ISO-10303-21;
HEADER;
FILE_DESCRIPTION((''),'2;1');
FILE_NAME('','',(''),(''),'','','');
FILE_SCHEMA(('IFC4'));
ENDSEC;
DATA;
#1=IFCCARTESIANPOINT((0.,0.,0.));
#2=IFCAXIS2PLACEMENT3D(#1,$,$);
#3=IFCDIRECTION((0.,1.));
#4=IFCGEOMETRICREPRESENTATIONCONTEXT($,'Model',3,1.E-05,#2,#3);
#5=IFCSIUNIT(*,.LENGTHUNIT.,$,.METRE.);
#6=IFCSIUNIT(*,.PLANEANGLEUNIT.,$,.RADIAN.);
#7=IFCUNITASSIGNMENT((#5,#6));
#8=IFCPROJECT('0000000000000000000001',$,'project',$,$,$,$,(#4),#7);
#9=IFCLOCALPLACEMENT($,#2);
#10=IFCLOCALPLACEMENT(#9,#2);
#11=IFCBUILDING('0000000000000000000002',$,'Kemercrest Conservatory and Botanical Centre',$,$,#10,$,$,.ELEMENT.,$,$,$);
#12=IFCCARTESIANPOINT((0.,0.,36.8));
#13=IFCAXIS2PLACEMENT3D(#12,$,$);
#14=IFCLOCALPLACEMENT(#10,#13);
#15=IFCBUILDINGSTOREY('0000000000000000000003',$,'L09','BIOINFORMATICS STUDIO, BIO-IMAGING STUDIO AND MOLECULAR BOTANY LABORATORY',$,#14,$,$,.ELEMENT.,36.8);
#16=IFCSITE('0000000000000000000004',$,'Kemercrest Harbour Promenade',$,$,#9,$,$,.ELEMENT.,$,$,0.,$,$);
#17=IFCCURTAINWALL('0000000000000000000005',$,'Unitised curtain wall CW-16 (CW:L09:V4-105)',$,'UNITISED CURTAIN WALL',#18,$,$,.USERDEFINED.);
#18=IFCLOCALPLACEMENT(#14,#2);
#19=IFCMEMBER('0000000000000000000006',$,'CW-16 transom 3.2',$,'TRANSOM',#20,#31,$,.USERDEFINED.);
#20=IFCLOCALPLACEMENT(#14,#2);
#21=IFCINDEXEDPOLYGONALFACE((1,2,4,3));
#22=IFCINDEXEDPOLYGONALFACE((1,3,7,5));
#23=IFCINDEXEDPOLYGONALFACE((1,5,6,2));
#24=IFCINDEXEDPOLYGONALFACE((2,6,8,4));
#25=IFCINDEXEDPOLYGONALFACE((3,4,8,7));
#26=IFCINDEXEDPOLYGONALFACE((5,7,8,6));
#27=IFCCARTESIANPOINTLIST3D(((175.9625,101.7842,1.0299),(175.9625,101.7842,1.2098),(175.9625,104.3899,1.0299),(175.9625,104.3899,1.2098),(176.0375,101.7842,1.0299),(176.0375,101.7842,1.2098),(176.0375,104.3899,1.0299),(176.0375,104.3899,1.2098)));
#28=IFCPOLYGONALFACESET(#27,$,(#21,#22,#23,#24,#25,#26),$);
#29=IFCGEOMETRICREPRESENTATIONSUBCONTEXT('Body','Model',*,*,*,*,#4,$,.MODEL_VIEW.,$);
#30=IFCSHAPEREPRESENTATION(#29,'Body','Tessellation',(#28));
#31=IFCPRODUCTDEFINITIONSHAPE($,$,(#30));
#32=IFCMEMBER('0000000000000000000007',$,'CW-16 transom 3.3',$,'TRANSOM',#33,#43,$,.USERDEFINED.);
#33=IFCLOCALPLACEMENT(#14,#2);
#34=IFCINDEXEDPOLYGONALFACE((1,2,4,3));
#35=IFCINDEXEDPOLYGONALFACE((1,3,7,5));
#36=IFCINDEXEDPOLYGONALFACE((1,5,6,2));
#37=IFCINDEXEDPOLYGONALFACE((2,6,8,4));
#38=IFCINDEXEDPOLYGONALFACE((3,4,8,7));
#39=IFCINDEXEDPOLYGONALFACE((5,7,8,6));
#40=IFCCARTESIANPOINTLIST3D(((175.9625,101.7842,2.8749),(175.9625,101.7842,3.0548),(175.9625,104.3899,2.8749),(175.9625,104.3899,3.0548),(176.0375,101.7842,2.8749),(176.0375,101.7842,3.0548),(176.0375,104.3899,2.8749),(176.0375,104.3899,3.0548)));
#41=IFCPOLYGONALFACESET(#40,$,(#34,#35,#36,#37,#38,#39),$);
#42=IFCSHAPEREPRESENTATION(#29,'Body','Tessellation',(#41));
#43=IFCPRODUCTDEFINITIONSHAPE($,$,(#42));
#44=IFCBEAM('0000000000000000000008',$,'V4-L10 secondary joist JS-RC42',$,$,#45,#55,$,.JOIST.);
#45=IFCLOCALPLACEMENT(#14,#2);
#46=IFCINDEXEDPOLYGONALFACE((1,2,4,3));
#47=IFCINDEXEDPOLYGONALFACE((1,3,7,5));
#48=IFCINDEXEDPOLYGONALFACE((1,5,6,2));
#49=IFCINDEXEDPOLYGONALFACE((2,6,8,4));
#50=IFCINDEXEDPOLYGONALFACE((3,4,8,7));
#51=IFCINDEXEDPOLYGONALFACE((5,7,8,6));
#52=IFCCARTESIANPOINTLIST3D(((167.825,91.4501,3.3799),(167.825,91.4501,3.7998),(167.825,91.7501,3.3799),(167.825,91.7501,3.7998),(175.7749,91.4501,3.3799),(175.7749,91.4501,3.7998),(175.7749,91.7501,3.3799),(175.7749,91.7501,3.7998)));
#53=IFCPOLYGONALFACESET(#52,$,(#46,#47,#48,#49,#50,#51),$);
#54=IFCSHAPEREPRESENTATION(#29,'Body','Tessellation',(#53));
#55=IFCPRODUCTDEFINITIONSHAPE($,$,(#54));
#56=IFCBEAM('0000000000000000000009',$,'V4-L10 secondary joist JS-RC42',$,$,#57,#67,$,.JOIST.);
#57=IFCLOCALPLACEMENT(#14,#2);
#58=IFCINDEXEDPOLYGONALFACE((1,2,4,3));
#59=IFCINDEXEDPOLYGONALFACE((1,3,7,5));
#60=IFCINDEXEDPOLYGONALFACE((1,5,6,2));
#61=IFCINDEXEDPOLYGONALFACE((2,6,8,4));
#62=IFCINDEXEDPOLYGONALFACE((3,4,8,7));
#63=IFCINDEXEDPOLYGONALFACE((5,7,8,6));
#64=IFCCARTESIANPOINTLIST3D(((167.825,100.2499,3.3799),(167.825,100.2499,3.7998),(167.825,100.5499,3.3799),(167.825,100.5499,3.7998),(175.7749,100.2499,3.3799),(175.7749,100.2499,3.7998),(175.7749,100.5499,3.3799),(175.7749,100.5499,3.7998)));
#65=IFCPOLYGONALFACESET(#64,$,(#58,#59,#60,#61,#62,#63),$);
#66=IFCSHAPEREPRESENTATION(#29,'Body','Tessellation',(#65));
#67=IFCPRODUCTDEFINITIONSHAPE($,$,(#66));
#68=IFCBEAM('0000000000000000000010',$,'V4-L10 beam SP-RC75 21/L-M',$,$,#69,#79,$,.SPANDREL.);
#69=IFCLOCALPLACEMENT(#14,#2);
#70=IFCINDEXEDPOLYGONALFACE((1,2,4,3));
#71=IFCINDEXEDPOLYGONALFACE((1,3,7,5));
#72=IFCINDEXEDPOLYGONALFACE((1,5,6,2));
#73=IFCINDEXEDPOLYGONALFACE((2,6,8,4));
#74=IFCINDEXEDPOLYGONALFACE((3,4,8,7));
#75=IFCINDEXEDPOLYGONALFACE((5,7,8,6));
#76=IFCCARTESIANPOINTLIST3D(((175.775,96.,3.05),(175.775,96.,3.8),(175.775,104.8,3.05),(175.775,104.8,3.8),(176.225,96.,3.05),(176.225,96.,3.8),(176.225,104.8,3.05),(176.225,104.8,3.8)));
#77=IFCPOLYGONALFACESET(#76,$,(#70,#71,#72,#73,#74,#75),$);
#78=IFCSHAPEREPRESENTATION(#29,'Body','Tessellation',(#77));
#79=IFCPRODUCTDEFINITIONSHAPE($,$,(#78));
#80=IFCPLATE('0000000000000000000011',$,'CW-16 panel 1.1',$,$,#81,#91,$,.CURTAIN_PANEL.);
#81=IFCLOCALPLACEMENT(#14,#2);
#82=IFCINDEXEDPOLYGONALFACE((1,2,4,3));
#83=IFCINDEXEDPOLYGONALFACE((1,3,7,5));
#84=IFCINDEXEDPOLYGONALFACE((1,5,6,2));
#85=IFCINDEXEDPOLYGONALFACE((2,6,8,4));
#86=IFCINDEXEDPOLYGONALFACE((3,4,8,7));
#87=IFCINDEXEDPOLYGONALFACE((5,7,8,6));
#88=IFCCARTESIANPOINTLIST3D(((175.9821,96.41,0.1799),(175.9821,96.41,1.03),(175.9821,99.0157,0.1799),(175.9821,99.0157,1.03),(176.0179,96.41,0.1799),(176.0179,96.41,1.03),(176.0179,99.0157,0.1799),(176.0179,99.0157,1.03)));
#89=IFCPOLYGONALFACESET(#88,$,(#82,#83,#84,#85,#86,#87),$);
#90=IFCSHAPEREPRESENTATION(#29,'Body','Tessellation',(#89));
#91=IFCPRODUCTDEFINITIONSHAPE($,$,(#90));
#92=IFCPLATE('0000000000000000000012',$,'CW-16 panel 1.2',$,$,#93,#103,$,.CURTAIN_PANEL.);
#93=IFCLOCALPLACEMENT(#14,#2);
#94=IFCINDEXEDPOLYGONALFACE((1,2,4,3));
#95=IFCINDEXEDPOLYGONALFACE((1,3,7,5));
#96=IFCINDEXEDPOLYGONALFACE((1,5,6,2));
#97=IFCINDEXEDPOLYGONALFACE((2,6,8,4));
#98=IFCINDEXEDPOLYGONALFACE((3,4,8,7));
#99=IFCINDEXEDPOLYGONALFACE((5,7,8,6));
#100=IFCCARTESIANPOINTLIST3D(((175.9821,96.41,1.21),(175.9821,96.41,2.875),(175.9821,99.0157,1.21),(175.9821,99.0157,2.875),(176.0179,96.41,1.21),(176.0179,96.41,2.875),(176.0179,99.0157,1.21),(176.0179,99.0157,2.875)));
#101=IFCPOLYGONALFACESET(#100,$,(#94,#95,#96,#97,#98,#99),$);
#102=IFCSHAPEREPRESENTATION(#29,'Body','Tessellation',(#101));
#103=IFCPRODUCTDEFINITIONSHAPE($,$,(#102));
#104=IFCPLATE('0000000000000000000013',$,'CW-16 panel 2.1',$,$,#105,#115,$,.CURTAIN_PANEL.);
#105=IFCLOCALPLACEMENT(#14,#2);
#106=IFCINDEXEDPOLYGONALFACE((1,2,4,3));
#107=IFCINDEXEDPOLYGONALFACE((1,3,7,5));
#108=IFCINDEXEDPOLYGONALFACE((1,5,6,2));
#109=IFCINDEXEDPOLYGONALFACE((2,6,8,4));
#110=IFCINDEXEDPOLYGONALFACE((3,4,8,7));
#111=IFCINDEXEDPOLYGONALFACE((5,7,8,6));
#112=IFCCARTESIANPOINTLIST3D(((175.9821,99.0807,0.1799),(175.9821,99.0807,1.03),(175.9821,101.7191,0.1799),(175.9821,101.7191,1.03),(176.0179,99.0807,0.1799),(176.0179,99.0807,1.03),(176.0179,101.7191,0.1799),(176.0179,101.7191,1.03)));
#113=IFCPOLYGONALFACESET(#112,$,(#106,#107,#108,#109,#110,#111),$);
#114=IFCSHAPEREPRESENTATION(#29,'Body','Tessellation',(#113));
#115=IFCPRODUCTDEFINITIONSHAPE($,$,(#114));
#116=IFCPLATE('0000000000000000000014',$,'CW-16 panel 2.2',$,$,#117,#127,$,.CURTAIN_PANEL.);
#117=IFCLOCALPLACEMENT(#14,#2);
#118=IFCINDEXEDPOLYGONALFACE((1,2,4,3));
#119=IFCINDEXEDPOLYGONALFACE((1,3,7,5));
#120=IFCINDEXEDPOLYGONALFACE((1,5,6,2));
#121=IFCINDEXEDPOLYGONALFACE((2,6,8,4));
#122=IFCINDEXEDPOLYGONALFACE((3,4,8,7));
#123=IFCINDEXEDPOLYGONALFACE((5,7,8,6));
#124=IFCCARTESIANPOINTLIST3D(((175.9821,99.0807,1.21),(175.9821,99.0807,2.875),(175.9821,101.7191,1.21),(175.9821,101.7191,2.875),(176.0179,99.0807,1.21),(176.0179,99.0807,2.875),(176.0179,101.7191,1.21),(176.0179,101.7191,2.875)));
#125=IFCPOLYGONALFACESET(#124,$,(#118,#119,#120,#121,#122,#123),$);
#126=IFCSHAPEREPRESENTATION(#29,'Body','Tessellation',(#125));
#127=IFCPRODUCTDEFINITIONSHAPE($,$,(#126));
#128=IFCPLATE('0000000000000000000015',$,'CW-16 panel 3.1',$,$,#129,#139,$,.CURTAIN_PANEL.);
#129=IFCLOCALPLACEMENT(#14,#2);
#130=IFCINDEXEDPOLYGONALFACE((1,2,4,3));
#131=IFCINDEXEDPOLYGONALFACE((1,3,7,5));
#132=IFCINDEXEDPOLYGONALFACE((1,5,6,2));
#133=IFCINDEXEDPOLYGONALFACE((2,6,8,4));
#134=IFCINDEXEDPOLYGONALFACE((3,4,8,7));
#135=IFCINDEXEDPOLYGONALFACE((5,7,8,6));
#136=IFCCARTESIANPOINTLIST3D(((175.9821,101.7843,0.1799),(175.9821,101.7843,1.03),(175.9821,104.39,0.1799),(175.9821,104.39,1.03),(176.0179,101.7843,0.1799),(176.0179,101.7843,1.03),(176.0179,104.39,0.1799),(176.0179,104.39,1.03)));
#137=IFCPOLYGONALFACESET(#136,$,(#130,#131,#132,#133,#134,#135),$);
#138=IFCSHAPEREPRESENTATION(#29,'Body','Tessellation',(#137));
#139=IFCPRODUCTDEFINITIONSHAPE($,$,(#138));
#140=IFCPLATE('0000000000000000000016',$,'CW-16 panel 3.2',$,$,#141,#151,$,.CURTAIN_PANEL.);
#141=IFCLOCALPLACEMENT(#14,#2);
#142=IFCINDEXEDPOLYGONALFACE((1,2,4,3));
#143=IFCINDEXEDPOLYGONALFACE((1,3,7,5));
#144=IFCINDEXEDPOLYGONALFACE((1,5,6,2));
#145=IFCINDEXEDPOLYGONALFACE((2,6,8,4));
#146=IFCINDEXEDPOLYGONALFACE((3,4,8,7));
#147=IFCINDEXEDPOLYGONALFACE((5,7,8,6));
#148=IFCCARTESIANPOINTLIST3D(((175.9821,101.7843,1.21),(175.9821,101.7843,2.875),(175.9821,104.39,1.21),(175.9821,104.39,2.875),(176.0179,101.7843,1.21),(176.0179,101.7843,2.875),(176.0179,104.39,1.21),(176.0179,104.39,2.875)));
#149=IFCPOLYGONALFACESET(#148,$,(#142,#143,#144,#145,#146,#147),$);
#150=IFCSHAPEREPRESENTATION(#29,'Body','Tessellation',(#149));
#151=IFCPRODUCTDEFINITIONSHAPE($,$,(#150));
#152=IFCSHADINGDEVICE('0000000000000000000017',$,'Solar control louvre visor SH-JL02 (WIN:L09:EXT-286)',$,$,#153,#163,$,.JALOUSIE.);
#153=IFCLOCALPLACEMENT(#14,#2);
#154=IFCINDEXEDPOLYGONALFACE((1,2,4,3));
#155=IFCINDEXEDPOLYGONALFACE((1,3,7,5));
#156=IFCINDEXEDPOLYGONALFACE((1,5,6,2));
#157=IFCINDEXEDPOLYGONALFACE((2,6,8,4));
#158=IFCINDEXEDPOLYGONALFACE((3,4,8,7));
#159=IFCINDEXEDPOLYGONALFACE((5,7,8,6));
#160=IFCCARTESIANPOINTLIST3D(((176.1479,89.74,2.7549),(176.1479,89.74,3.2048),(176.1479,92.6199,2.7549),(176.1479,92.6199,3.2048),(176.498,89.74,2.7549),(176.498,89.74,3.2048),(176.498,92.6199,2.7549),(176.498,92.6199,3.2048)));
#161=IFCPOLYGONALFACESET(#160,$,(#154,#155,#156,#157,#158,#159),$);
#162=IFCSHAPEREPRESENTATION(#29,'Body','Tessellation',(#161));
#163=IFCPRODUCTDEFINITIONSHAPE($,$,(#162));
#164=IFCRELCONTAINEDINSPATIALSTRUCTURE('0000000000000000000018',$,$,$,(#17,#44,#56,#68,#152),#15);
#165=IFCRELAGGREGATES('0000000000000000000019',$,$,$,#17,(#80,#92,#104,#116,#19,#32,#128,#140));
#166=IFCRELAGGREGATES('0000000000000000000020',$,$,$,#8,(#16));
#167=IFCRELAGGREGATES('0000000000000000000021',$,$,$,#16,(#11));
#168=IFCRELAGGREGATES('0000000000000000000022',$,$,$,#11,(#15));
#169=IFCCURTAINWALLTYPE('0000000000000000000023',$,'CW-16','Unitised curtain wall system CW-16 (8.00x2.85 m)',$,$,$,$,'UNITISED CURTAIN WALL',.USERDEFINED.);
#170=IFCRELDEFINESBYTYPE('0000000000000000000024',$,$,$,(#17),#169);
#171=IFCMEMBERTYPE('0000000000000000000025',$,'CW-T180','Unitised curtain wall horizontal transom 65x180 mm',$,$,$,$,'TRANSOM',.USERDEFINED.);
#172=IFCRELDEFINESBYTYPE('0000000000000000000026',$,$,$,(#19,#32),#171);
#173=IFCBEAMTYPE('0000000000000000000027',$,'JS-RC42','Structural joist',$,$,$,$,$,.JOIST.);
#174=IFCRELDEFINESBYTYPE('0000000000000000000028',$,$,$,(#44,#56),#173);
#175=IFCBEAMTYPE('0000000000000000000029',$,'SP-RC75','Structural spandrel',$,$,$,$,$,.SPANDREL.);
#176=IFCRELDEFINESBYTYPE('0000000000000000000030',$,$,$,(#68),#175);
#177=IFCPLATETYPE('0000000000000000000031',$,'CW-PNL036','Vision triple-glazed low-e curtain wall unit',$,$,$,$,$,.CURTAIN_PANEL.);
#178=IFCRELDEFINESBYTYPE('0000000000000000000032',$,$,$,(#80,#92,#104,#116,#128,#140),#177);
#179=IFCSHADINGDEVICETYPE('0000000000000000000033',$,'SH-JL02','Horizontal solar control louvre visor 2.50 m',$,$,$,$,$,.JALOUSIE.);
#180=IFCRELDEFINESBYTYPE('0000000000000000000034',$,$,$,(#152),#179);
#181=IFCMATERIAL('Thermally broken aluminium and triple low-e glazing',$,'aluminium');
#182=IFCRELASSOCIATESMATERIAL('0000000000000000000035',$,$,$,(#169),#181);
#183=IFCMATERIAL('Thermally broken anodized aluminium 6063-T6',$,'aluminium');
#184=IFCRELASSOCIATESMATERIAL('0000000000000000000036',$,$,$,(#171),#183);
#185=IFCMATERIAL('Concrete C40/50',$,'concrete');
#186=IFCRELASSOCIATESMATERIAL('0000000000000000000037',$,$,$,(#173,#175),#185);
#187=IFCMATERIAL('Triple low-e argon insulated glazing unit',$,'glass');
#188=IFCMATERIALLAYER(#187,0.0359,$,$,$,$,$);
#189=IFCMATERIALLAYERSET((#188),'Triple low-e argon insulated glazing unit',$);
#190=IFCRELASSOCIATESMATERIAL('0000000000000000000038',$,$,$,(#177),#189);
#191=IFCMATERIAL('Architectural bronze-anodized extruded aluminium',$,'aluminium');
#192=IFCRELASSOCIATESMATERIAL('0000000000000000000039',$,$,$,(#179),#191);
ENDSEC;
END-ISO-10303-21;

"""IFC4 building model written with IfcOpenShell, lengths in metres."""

from ifc_helpers import new_model, si_unit, direction, frame, origin, origin_2d, place, context, subcontext, project, spatial, rectangle, extrude, material, layer, layer_set, material_profile, profile_set, type_object, element, aggregate, save


model = new_model("IFC4")

# Units and contexts
model_context = context("Model", 3, precision=1e-05, world=origin(), true_north=direction((0.0, 1.0)))
body_context = subcontext(model_context, "Body", "Model", "MODEL_VIEW")
ifc_project = project(units=[si_unit("LENGTHUNIT", "METRE"), si_unit("PLANEANGLEUNIT", "RADIAN")], contexts=[model_context])

# Site, building, storey
site_placement = place(None, origin())
site = spatial("IfcSite", under=ifc_project, at=site_placement, Name="Kemercrest Harbour Promenade", CompositionType="ELEMENT", RefElevation=0.0)
building_placement = place(site_placement, origin())
building = spatial("IfcBuilding", under=site, at=building_placement, Name="Kemercrest Conservatory and Botanical Centre", CompositionType="ELEMENT")
storey_placement = place(building_placement, frame((0.0, 0.0, 36.8)))
storey = spatial("IfcBuildingStorey", under=building, at=storey_placement, Name="L09", Description="BIOINFORMATICS STUDIO, BIO-IMAGING STUDIO AND MOLECULAR BOTANY LABORATORY", CompositionType="ELEMENT", Elevation=36.8)

# Shared definitions
ifc_material_1 = material(Name="Concrete C40/50", Category="concrete")

# Curtain wall, members
ifc_material_2 = material(Name="Thermally broken aluminium and triple low-e glazing", Category="aluminium")
curtain_wall_type = type_object("IfcCurtainWallType", Name="CW-16", Description="Unitised curtain wall system CW-16 (8.00x2.85 m)", ElementType="UNITISED CURTAIN WALL", PredefinedType="USERDEFINED", material=ifc_material_2)
curtain_wall_placement = place(storey_placement, origin())
curtain_wall = element("IfcCurtainWall", 1, at=curtain_wall_placement, inside=storey, type_object=curtain_wall_type, Name="Unitised curtain wall CW-16 (CW:L09:V4-105)", ObjectType="UNITISED CURTAIN WALL", PredefinedType="USERDEFINED")
ifc_material_3 = material(Name="Thermally broken anodized aluminium 6063-T6", Category="aluminium")
ifc_material_profile_1 = material_profile(ifc_material_3, rectangle(XDim=0.075, YDim=0.1799, at=origin_2d()), Name="AL TRANSOM 75x180")
ifc_profile_set_1 = profile_set([ifc_material_profile_1], Name="Thermally broken anodized aluminium 6063-T6")
member_type_1 = type_object("IfcMemberType", Name="CW-T180", Description="Unitised curtain wall horizontal transom 65x180 mm", ElementType="TRANSOM", PredefinedType="USERDEFINED", material=ifc_profile_set_1)
member_1_placement = place(storey_placement, frame((176.0, 101.7842, 1.1199), z_axis=(0.0, 1.0, 0.0), x_axis=(-1.0, 0.0, 0.0)))
member_1 = element("IfcMember", 2, at=member_1_placement, type_object=member_type_1, Name="CW-16 transom 3.2", ObjectType="TRANSOM", PredefinedType="USERDEFINED", context=body_context, shape_type="SweptSolid", body=[
    extrude(rectangle(XDim=0.075, YDim=0.1799, at=origin_2d()), origin(), (0.0, 0.0, 1.0), 2.6057),
])
member_2_placement = place(storey_placement, frame((176.0, 101.7842, 2.9648), z_axis=(0.0, 1.0, 0.0), x_axis=(-1.0, 0.0, 0.0)))
member_2 = element("IfcMember", 3, at=member_2_placement, type_object=member_type_1, Name="CW-16 transom 3.3", ObjectType="TRANSOM", PredefinedType="USERDEFINED", context=body_context, shape_type="SweptSolid", body=[
    extrude(rectangle(XDim=0.075, YDim=0.1799, at=origin_2d()), origin(), (0.0, 0.0, 1.0), 2.6057),
])

# Beams
ifc_material_profile_2 = material_profile(ifc_material_1, rectangle(XDim=0.3, YDim=0.4199, at=origin_2d()), Name="RC 300x420")
ifc_profile_set_2 = profile_set([ifc_material_profile_2], Name="Concrete C40/50")
beam_type_1 = type_object("IfcBeamType", Name="JS-RC42", Description="Structural joist", PredefinedType="JOIST", material=ifc_profile_set_2)
for number, where, z_axis, x_axis, name in (
    (4, (167.825, 91.6001, 3.5898), (1.0, 0.0, 0.0), (0.0, 1.0, 0.0), "V4-L10 secondary joist JS-RC42"),
    (5, (167.825, 100.3999, 3.5898), (1.0, 0.0, 0.0), (0.0, 1.0, 0.0), "V4-L10 secondary joist JS-RC42"),
):
    element("IfcBeam", number, at=place(storey_placement, frame(where, z_axis=z_axis, x_axis=x_axis)), inside=storey, type_object=beam_type_1, Name=name, PredefinedType="JOIST", context=body_context, shape_type="SweptSolid", body=[
        extrude(rectangle(XDim=0.3, YDim=0.4199, at=origin_2d()), origin(), (0.0, 0.0, 1.0), 7.95),
    ])
ifc_material_profile_3 = material_profile(ifc_material_1, rectangle(XDim=0.45, YDim=0.75, at=origin_2d()), Name="RC 450x750")
ifc_profile_set_3 = profile_set([ifc_material_profile_3], Name="Concrete C40/50")
beam_type_2 = type_object("IfcBeamType", Name="SP-RC75", Description="Structural spandrel", PredefinedType="SPANDREL", material=ifc_profile_set_3)
beam_1_placement = place(storey_placement, frame((176.0, 96.0, 3.425), z_axis=(0.0, 1.0, 0.0), x_axis=(-1.0, 0.0, 0.0)))
element("IfcBeam", 6, at=beam_1_placement, inside=storey, type_object=beam_type_2, Name="V4-L10 beam SP-RC75 21/L-M", PredefinedType="SPANDREL", context=body_context, shape_type="SweptSolid", body=[
    extrude(rectangle(XDim=0.45, YDim=0.75, at=origin_2d()), origin(), (0.0, 0.0, 1.0), 8.8),
])

# Plates
ifc_material_4 = material(Name="Triple low-e argon insulated glazing unit", Category="glass")
ifc_layer = layer(ifc_material_4, 0.0359)
ifc_layer_set = layer_set([ifc_layer], Name="Triple low-e argon insulated glazing unit")
plate_type = type_object("IfcPlateType", Name="CW-PNL036", Description="Vision triple-glazed low-e curtain wall unit", PredefinedType="CURTAIN_PANEL", material=ifc_layer_set)
plate_1_placement = place(storey_placement, frame((176.0, 97.7129, 0.1799), z_axis=(0.0, 0.0, 1.0), x_axis=(0.0, 1.0, 0.0)))
plate_1 = element("IfcPlate", 7, at=plate_1_placement, type_object=plate_type, Name="CW-16 panel 1.1", PredefinedType="CURTAIN_PANEL", context=body_context, shape_type="SweptSolid", body=[
    extrude(rectangle(XDim=2.6057, YDim=0.0359, at=origin_2d()), origin(), (0.0, 0.0, 1.0), 0.8501),
])
plate_2_placement = place(storey_placement, frame((176.0, 97.7129, 1.21), z_axis=(0.0, 0.0, 1.0), x_axis=(0.0, 1.0, 0.0)))
plate_2 = element("IfcPlate", 8, at=plate_2_placement, type_object=plate_type, Name="CW-16 panel 1.2", PredefinedType="CURTAIN_PANEL", context=body_context, shape_type="SweptSolid", body=[
    extrude(rectangle(XDim=2.6057, YDim=0.0359, at=origin_2d()), origin(), (0.0, 0.0, 1.0), 1.665),
])
plate_3_placement = place(storey_placement, frame((176.0, 100.3999, 0.1799), z_axis=(0.0, 0.0, 1.0), x_axis=(0.0, 1.0, 0.0)))
plate_3 = element("IfcPlate", 9, at=plate_3_placement, type_object=plate_type, Name="CW-16 panel 2.1", PredefinedType="CURTAIN_PANEL", context=body_context, shape_type="SweptSolid", body=[
    extrude(rectangle(XDim=2.6384, YDim=0.0359, at=origin_2d()), origin(), (0.0, 0.0, 1.0), 0.8501),
])
plate_4_placement = place(storey_placement, frame((176.0, 100.3999, 1.21), z_axis=(0.0, 0.0, 1.0), x_axis=(0.0, 1.0, 0.0)))
plate_4 = element("IfcPlate", 10, at=plate_4_placement, type_object=plate_type, Name="CW-16 panel 2.2", PredefinedType="CURTAIN_PANEL", context=body_context, shape_type="SweptSolid", body=[
    extrude(rectangle(XDim=2.6384, YDim=0.0359, at=origin_2d()), origin(), (0.0, 0.0, 1.0), 1.665),
])
plate_5_placement = place(storey_placement, frame((176.0, 103.0872, 0.1799), z_axis=(0.0, 0.0, 1.0), x_axis=(0.0, 1.0, 0.0)))
plate_5 = element("IfcPlate", 11, at=plate_5_placement, type_object=plate_type, Name="CW-16 panel 3.1", PredefinedType="CURTAIN_PANEL", context=body_context, shape_type="SweptSolid", body=[
    extrude(rectangle(XDim=2.6057, YDim=0.0359, at=origin_2d()), origin(), (0.0, 0.0, 1.0), 0.8501),
])
plate_6_placement = place(storey_placement, frame((176.0, 103.0872, 1.21), z_axis=(0.0, 0.0, 1.0), x_axis=(0.0, 1.0, 0.0)))
plate_6 = element("IfcPlate", 12, at=plate_6_placement, type_object=plate_type, Name="CW-16 panel 3.2", PredefinedType="CURTAIN_PANEL", context=body_context, shape_type="SweptSolid", body=[
    extrude(rectangle(XDim=2.6057, YDim=0.0359, at=origin_2d()), origin(), (0.0, 0.0, 1.0), 1.665),
])
aggregate(curtain_wall, [plate_1, plate_2, plate_3, plate_4, member_1, member_2, plate_5, plate_6])

# Shading device
ifc_material_5 = material(Name="Architectural bronze-anodized extruded aluminium", Category="aluminium")
shading_device_type = type_object("IfcShadingDeviceType", Name="SH-JL02", Description="Horizontal solar control louvre visor 2.50 m", PredefinedType="JALOUSIE", material=ifc_material_5)
shading_device_placement = place(storey_placement, frame((176.323, 91.1799, 2.7549), z_axis=(0.0, 0.0, 1.0), x_axis=(0.0, 1.0, 0.0)))
element("IfcShadingDevice", 13, at=shading_device_placement, inside=storey, type_object=shading_device_type, Name="Solar control louvre visor SH-JL02 (WIN:L09:EXT-286)", PredefinedType="JALOUSIE", context=body_context, shape_type="SweptSolid", body=[
    extrude(rectangle(XDim=2.8799, YDim=0.3501, at=origin_2d()), origin(), (0.0, 0.0, 1.0), 0.45),
])

save(model, "model.ifc")
